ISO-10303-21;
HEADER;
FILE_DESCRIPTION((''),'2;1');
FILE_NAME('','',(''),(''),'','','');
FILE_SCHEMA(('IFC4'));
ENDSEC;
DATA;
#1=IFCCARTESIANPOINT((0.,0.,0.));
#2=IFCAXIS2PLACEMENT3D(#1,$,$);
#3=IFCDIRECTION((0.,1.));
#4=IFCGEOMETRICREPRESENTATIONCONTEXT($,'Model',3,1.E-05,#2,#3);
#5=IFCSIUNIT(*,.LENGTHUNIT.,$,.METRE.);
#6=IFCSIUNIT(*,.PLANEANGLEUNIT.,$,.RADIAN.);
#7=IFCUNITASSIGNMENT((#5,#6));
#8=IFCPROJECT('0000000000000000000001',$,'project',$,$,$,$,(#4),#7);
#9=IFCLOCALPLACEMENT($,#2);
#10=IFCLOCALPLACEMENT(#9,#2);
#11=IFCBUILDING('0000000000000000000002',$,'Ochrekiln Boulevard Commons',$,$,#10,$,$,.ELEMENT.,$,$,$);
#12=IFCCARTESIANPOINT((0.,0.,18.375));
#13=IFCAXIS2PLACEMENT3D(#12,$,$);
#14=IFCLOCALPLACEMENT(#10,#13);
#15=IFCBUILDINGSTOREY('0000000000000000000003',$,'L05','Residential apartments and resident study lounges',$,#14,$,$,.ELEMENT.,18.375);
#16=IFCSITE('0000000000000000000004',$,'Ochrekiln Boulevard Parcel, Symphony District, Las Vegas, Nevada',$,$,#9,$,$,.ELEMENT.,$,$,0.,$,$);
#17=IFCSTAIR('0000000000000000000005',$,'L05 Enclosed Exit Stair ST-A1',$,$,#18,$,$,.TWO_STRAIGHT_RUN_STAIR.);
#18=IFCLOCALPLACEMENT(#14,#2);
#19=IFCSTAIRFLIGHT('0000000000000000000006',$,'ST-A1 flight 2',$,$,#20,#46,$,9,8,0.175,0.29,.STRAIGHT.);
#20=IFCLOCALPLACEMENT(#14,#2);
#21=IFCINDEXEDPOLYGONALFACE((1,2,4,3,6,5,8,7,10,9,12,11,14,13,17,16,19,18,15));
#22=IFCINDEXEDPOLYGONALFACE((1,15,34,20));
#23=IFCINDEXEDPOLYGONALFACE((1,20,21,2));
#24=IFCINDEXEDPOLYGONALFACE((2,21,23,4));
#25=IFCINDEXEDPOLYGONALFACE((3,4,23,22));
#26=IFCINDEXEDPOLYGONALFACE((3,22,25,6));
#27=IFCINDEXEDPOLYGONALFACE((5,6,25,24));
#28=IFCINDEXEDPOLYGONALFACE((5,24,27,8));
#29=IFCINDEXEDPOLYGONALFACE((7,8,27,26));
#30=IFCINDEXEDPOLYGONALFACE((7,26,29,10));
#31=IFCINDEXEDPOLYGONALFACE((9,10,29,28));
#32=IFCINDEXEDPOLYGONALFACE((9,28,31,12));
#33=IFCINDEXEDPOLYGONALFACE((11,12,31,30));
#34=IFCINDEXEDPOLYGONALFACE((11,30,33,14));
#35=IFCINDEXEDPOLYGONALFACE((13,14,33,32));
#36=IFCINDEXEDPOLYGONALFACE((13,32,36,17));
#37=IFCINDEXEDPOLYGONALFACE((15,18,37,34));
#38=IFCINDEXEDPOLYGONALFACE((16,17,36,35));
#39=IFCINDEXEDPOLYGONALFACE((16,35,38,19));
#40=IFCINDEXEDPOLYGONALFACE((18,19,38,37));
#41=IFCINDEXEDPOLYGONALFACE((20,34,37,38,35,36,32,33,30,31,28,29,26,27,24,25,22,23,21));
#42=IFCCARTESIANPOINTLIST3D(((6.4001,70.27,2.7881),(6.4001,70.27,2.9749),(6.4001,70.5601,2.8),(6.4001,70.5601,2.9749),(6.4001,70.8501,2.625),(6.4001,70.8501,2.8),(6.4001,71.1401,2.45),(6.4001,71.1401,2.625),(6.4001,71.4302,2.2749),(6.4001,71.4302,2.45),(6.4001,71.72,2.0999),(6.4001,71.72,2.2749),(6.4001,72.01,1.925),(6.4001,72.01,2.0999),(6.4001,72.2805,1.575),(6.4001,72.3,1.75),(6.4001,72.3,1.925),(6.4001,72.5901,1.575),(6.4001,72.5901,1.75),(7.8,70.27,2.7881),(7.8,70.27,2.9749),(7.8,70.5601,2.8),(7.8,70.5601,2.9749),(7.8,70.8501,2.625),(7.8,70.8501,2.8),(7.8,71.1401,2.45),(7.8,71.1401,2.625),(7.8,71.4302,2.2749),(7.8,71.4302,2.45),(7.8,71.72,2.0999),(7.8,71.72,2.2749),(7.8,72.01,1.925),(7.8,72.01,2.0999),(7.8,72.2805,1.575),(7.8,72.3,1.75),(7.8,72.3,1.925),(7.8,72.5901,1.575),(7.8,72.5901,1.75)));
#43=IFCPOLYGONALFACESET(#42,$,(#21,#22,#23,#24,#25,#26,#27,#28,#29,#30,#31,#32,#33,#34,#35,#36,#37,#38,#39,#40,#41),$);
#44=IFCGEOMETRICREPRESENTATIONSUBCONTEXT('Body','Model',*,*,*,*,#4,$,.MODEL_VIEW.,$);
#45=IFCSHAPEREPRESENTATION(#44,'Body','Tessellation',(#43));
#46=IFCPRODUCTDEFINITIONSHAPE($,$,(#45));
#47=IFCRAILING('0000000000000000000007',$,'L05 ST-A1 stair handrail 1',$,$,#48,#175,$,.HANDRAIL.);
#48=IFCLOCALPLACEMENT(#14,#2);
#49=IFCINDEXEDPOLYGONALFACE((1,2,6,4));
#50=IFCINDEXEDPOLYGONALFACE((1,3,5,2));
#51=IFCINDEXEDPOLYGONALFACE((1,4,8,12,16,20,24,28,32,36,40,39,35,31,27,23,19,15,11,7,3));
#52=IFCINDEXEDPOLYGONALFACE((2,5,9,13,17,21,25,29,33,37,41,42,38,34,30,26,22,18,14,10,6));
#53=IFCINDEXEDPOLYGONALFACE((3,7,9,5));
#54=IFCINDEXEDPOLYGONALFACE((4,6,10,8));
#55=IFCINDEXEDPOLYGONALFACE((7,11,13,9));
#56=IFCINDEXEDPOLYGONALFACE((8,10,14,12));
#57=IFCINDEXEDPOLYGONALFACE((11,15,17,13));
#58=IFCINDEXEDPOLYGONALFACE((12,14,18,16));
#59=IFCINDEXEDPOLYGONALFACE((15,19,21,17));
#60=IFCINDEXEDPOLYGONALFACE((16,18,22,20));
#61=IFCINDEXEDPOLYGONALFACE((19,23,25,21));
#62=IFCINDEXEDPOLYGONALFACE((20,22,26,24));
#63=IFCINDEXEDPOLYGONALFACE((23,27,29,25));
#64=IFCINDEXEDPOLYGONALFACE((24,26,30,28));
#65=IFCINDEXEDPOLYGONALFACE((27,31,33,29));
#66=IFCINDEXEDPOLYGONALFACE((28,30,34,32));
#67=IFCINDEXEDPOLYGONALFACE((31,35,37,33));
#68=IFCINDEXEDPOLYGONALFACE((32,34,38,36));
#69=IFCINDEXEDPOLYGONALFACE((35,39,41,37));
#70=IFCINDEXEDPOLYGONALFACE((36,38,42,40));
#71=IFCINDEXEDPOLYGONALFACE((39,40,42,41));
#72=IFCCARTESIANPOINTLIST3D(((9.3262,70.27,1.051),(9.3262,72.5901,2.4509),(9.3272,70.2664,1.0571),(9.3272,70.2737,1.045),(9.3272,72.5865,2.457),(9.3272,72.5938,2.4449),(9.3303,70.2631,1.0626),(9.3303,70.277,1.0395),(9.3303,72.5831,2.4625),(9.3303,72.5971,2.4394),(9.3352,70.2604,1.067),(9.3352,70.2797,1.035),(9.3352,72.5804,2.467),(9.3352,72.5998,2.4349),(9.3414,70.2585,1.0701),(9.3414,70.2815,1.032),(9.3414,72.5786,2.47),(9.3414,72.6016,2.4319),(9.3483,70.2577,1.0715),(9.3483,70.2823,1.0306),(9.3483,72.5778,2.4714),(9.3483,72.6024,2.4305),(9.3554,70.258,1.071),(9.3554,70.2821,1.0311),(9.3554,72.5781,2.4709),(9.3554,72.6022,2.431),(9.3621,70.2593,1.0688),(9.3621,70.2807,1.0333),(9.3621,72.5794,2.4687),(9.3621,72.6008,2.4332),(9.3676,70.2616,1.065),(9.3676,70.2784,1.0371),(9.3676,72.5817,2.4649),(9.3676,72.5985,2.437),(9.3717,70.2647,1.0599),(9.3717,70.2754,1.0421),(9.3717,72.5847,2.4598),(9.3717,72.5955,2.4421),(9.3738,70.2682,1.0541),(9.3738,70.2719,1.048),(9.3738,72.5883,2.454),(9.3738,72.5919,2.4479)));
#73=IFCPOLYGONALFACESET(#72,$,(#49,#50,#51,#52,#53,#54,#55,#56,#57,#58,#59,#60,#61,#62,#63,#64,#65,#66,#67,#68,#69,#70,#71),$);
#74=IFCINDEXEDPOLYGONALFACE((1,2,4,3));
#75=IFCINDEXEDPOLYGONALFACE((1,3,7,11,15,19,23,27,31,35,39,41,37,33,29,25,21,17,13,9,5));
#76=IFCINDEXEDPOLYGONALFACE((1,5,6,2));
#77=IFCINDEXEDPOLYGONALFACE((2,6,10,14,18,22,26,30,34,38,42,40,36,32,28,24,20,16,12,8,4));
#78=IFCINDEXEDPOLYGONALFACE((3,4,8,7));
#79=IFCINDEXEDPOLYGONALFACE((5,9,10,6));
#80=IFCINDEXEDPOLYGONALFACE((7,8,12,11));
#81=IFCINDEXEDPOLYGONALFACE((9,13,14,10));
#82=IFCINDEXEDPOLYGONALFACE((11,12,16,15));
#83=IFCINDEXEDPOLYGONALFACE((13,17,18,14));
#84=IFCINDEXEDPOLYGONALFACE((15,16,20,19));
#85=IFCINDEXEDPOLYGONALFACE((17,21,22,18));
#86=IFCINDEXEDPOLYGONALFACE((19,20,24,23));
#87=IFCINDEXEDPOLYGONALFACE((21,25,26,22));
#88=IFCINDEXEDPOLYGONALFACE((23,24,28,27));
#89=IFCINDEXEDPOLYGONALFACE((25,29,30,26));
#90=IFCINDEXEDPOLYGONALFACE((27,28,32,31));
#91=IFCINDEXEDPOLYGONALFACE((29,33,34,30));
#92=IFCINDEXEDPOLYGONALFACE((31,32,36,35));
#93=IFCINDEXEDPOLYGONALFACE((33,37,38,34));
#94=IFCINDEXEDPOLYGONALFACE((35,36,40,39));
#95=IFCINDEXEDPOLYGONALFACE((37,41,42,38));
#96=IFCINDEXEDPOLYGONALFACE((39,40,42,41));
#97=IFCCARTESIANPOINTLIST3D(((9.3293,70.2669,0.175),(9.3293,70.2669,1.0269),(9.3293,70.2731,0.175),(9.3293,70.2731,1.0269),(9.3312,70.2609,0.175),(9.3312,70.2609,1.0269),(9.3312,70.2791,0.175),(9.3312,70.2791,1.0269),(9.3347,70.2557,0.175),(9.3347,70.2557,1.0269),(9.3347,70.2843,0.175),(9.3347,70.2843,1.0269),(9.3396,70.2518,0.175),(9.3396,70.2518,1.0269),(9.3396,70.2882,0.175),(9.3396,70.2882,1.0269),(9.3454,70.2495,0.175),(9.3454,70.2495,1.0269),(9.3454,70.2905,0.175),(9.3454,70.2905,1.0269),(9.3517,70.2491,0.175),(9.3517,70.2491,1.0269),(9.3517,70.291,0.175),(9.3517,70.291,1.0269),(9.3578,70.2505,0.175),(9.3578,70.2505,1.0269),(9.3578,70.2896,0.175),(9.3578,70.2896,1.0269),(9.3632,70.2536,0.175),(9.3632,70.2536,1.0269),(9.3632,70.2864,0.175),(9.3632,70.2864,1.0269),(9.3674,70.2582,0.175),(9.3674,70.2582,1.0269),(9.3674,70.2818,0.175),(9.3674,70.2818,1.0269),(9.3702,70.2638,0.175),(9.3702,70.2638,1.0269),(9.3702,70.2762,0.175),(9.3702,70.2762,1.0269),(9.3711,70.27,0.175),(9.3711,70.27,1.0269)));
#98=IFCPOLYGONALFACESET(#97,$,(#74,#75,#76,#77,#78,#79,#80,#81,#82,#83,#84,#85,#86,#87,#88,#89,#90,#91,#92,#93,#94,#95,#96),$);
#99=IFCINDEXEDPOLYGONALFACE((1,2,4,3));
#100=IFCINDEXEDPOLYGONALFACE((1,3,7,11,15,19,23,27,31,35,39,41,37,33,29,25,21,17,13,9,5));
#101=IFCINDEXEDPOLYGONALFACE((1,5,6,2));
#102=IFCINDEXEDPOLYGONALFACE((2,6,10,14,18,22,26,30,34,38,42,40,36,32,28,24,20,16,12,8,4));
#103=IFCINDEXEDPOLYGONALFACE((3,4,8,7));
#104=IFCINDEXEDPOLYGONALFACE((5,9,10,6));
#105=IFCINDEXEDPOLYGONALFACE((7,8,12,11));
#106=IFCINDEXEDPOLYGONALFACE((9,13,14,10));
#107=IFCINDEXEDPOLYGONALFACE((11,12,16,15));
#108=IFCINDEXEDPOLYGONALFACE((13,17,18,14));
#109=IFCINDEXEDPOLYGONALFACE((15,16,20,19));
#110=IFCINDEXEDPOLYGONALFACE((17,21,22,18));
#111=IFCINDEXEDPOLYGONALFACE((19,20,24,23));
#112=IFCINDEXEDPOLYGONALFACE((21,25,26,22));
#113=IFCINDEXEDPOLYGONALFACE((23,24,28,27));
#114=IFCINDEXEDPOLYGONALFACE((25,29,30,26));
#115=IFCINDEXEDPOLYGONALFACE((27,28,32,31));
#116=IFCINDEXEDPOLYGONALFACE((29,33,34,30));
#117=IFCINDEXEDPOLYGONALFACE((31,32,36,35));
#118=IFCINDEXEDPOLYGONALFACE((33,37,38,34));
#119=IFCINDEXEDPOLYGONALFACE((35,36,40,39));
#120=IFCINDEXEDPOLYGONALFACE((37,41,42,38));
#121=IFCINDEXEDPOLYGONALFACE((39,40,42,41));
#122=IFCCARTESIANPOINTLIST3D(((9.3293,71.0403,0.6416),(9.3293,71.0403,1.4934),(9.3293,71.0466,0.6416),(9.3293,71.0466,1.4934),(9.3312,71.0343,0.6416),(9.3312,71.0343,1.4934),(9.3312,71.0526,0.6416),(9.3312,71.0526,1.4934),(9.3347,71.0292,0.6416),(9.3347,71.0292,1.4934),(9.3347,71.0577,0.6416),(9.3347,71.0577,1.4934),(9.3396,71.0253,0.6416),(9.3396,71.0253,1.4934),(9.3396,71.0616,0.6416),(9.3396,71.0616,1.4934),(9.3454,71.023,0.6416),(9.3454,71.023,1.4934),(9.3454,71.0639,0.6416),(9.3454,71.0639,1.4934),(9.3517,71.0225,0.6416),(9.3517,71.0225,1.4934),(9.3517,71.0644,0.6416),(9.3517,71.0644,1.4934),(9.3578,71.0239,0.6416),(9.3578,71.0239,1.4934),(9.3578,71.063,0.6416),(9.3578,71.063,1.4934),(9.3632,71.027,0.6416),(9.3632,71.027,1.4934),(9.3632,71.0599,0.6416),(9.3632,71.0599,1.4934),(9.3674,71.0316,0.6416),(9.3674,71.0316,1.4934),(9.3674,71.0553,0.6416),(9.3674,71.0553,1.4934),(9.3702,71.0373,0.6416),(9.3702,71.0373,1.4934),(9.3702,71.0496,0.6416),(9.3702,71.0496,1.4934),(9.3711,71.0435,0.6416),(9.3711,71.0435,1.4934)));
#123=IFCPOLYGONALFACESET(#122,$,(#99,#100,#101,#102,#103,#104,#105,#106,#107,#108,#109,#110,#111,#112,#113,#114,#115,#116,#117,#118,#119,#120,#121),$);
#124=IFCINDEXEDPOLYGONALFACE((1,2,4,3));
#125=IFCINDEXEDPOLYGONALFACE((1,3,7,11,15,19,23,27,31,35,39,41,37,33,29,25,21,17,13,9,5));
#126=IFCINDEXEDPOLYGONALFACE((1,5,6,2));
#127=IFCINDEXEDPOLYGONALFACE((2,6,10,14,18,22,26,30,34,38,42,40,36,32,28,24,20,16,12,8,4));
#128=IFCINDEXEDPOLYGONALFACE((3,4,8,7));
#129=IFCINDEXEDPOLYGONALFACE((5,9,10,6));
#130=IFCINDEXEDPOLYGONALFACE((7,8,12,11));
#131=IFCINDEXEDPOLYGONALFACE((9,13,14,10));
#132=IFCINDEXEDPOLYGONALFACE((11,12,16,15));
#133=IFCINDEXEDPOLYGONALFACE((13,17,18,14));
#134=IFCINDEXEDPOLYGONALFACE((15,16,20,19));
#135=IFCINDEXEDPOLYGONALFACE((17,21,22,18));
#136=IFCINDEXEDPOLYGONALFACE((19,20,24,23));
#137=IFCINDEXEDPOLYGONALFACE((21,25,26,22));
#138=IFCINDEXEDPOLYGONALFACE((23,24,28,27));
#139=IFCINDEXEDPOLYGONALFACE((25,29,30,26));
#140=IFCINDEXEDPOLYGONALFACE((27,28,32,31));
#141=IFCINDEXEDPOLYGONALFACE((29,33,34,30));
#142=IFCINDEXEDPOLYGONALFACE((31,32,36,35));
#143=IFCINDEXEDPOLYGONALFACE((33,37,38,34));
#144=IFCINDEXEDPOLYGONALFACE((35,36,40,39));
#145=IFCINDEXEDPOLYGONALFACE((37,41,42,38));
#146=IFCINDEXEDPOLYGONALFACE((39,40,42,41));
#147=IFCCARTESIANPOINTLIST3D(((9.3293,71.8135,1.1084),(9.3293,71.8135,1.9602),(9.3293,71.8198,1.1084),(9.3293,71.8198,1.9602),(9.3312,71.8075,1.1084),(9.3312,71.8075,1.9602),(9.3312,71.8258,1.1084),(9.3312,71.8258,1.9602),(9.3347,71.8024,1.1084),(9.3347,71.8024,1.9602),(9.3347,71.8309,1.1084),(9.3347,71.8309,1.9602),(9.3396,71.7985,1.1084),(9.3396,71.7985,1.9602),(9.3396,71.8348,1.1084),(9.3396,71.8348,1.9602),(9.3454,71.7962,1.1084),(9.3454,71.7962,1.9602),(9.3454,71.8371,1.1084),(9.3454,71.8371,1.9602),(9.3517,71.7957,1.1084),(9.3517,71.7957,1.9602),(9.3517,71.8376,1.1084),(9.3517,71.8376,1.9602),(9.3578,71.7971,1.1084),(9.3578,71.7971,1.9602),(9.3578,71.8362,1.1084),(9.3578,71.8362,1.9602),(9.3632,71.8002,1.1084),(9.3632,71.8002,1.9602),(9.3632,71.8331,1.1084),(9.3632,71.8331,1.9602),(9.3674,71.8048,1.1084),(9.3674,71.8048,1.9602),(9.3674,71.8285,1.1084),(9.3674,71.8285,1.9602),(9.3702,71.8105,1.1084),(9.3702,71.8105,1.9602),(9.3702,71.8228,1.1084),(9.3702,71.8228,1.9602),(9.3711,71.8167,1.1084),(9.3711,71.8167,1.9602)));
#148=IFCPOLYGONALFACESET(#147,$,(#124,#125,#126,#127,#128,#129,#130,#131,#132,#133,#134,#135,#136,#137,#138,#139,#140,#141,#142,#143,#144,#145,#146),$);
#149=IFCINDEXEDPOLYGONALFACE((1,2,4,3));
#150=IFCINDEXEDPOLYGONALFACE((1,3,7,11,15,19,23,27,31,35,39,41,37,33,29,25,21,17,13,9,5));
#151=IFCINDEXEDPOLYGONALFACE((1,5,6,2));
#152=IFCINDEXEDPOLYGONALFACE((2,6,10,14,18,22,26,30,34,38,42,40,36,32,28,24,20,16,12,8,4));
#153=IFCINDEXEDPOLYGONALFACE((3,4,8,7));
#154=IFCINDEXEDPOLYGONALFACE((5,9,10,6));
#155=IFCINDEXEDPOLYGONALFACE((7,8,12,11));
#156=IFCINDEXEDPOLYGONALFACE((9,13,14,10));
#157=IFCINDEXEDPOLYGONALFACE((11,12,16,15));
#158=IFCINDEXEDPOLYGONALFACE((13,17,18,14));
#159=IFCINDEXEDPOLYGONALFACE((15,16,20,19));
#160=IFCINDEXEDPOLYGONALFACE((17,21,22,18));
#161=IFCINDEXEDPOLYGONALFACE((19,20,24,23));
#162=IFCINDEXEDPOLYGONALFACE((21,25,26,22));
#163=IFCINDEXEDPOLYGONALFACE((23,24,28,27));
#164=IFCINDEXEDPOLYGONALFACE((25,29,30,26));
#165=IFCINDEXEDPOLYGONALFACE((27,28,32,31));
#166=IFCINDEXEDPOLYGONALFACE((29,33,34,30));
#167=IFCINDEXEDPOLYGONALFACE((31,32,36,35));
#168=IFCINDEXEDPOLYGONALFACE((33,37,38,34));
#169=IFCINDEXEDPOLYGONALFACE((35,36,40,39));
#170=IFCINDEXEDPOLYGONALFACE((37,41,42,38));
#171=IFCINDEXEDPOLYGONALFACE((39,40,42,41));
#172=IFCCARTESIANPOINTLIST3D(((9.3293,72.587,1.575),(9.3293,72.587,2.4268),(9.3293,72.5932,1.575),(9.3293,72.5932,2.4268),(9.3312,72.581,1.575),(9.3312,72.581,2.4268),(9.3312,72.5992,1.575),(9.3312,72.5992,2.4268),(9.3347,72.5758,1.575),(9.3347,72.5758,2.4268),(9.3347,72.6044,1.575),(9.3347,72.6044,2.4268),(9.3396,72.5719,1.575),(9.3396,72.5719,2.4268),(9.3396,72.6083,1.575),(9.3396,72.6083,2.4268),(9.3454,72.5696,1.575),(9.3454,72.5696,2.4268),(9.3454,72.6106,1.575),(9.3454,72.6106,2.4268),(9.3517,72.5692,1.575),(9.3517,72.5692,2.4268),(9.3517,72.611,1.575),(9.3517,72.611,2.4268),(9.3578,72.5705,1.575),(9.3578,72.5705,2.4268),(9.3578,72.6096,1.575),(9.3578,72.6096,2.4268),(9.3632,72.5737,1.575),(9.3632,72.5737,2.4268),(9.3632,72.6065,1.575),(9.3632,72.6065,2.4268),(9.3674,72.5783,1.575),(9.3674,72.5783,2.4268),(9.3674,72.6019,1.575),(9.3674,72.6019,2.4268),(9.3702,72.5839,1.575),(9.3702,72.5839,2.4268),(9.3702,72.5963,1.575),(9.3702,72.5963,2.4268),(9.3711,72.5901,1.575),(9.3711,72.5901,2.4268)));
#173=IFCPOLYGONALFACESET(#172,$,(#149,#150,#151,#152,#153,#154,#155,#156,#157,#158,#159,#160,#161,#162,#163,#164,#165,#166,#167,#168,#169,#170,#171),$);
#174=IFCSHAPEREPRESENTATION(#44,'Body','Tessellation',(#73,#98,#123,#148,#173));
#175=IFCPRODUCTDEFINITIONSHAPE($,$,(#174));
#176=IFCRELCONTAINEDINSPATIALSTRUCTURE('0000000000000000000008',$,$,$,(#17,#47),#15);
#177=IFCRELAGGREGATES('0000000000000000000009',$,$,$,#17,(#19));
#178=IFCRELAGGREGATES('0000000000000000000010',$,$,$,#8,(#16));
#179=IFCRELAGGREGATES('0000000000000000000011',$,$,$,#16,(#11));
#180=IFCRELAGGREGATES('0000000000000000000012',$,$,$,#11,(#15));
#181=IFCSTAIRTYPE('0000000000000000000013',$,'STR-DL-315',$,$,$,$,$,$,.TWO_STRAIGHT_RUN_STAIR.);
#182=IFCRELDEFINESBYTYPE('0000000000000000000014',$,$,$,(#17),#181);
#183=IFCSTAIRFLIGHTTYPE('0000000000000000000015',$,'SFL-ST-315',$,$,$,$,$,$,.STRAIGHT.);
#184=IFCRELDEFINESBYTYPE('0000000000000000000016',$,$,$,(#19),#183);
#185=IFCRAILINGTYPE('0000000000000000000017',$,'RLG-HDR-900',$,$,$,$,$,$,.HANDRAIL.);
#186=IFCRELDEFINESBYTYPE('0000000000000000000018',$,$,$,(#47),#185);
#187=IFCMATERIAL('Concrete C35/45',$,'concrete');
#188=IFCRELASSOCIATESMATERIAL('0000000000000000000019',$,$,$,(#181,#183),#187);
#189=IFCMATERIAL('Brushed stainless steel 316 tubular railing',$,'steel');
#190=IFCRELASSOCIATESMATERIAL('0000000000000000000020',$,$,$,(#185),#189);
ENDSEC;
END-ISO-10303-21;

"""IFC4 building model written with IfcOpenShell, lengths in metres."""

from ifc_helpers import new_model, si_unit, direction, frame, origin, origin_2d, place, context, subcontext, project, spatial, polyline, circle, outline, extrude, material, type_object, element, aggregate, save


model = new_model("IFC4")

# Units and contexts
model_context = context("Model", 3, precision=1e-05, world=origin(), true_north=direction((0.0, 1.0)))
body_context = subcontext(model_context, "Body", "Model", "MODEL_VIEW")
ifc_project = project(units=[si_unit("LENGTHUNIT", "METRE"), si_unit("PLANEANGLEUNIT", "RADIAN")], contexts=[model_context])

# Site, building, storey
site_placement = place(None, origin())
site = spatial("IfcSite", under=ifc_project, at=site_placement, Name="Ochrekiln Boulevard Parcel, Symphony District, Las Vegas, Nevada", CompositionType="ELEMENT", RefElevation=0.0)
building_placement = place(site_placement, origin())
building = spatial("IfcBuilding", under=site, at=building_placement, Name="Ochrekiln Boulevard Commons", CompositionType="ELEMENT")
storey_placement = place(building_placement, frame((0.0, 0.0, 18.375)))
storey = spatial("IfcBuildingStorey", under=building, at=storey_placement, Name="L05", Description="Residential apartments and resident study lounges", CompositionType="ELEMENT", Elevation=18.375)

# Shared definitions
ifc_material_1 = material(Name="Concrete C35/45", Category="concrete")

# Stair, stair flight
stair_type = type_object("IfcStairType", Name="STR-DL-315", PredefinedType="TWO_STRAIGHT_RUN_STAIR", material=ifc_material_1)
stair_placement = place(storey_placement, origin())
stair = element("IfcStair", 1, at=stair_placement, inside=storey, type_object=stair_type, Name="L05 Enclosed Exit Stair ST-A1", PredefinedType="TWO_STRAIGHT_RUN_STAIR")
stair_flight_type = type_object("IfcStairFlightType", Name="SFL-ST-315", PredefinedType="STRAIGHT", material=ifc_material_1)
stair_flight_1_placement = place(storey_placement, frame((7.1001, 72.5901, 1.575), z_axis=(0.0, 0.0, 1.0), x_axis=(0.0, -1.0, 0.0)))
stair_flight_1 = element("IfcStairFlight", 2, at=stair_flight_1_placement, type_object=stair_flight_type, Name="ST-A1 flight 2", NumberOfRisers=9, NumberOfTreads=8, PredefinedType="STRAIGHT", RiserHeight=0.175, TreadLength=0.29, context=body_context, shape_type="SweptSolid", body=[
    extrude(outline(polyline([(0.0, 0.0), (0.0, 0.175), (0.29, 0.175), (0.29, 0.3501), (0.5801, 0.3501), (0.5801, 0.5249), (0.8701, 0.5249), (0.8701, 0.7), (1.1599, 0.7), (1.1599, 0.875), (1.45, 0.875), (1.45, 1.05), (1.74, 1.05), (1.74, 1.2251), (2.03, 1.2251), (2.03, 1.3999), (2.3201, 1.3999), (2.3201, 1.575), (2.3201, 1.2131), (0.3096, 0.0), (0.0, 0.0)])), frame((0.0, 0.7, 0.0), z_axis=(0.0, -1.0, 0.0), x_axis=(1.0, 0.0, 0.0)), (0.0, 0.0, 1.0), 1.3999),
])
aggregate(stair, [stair_flight_1])

# Railing
ifc_material_2 = material(Name="Brushed stainless steel 316 tubular railing", Category="steel")
railing_type_1 = type_object("IfcRailingType", Name="RLG-HDR-900", PredefinedType="HANDRAIL", material=ifc_material_2)
railing_1_placement = place(storey_placement, frame((9.3501, 70.27, 0.175)))
element("IfcRailing", 3, at=railing_1_placement, inside=storey, type_object=railing_type_1, Name="L05 ST-A1 stair handrail 1", PredefinedType="HANDRAIL", context=body_context, shape_type="SweptSolid", body=[
    extrude(circle(Radius=0.0239, at=origin_2d()), frame((0.0, 0.0, 0.876), z_axis=(0.0, 0.85621, 0.516627), x_axis=(-1.0, 0.0, 0.0)), (0.0, 0.0, 1.0), 2.7097),
    extrude(circle(Radius=0.021, at=origin_2d()), origin(), (0.0, 0.0, 1.0), 0.8518),
    extrude(circle(Radius=0.021, at=origin_2d()), frame((0.0, 0.7734, 0.4666)), (0.0, 0.0, 1.0), 0.8518),
    extrude(circle(Radius=0.021, at=origin_2d()), frame((0.0, 1.5466, 0.9333)), (0.0, 0.0, 1.0), 0.8518),
    extrude(circle(Radius=0.021, at=origin_2d()), frame((0.0, 2.3201, 1.3999)), (0.0, 0.0, 1.0), 0.8518),
])

save(model, "model.ifc")
